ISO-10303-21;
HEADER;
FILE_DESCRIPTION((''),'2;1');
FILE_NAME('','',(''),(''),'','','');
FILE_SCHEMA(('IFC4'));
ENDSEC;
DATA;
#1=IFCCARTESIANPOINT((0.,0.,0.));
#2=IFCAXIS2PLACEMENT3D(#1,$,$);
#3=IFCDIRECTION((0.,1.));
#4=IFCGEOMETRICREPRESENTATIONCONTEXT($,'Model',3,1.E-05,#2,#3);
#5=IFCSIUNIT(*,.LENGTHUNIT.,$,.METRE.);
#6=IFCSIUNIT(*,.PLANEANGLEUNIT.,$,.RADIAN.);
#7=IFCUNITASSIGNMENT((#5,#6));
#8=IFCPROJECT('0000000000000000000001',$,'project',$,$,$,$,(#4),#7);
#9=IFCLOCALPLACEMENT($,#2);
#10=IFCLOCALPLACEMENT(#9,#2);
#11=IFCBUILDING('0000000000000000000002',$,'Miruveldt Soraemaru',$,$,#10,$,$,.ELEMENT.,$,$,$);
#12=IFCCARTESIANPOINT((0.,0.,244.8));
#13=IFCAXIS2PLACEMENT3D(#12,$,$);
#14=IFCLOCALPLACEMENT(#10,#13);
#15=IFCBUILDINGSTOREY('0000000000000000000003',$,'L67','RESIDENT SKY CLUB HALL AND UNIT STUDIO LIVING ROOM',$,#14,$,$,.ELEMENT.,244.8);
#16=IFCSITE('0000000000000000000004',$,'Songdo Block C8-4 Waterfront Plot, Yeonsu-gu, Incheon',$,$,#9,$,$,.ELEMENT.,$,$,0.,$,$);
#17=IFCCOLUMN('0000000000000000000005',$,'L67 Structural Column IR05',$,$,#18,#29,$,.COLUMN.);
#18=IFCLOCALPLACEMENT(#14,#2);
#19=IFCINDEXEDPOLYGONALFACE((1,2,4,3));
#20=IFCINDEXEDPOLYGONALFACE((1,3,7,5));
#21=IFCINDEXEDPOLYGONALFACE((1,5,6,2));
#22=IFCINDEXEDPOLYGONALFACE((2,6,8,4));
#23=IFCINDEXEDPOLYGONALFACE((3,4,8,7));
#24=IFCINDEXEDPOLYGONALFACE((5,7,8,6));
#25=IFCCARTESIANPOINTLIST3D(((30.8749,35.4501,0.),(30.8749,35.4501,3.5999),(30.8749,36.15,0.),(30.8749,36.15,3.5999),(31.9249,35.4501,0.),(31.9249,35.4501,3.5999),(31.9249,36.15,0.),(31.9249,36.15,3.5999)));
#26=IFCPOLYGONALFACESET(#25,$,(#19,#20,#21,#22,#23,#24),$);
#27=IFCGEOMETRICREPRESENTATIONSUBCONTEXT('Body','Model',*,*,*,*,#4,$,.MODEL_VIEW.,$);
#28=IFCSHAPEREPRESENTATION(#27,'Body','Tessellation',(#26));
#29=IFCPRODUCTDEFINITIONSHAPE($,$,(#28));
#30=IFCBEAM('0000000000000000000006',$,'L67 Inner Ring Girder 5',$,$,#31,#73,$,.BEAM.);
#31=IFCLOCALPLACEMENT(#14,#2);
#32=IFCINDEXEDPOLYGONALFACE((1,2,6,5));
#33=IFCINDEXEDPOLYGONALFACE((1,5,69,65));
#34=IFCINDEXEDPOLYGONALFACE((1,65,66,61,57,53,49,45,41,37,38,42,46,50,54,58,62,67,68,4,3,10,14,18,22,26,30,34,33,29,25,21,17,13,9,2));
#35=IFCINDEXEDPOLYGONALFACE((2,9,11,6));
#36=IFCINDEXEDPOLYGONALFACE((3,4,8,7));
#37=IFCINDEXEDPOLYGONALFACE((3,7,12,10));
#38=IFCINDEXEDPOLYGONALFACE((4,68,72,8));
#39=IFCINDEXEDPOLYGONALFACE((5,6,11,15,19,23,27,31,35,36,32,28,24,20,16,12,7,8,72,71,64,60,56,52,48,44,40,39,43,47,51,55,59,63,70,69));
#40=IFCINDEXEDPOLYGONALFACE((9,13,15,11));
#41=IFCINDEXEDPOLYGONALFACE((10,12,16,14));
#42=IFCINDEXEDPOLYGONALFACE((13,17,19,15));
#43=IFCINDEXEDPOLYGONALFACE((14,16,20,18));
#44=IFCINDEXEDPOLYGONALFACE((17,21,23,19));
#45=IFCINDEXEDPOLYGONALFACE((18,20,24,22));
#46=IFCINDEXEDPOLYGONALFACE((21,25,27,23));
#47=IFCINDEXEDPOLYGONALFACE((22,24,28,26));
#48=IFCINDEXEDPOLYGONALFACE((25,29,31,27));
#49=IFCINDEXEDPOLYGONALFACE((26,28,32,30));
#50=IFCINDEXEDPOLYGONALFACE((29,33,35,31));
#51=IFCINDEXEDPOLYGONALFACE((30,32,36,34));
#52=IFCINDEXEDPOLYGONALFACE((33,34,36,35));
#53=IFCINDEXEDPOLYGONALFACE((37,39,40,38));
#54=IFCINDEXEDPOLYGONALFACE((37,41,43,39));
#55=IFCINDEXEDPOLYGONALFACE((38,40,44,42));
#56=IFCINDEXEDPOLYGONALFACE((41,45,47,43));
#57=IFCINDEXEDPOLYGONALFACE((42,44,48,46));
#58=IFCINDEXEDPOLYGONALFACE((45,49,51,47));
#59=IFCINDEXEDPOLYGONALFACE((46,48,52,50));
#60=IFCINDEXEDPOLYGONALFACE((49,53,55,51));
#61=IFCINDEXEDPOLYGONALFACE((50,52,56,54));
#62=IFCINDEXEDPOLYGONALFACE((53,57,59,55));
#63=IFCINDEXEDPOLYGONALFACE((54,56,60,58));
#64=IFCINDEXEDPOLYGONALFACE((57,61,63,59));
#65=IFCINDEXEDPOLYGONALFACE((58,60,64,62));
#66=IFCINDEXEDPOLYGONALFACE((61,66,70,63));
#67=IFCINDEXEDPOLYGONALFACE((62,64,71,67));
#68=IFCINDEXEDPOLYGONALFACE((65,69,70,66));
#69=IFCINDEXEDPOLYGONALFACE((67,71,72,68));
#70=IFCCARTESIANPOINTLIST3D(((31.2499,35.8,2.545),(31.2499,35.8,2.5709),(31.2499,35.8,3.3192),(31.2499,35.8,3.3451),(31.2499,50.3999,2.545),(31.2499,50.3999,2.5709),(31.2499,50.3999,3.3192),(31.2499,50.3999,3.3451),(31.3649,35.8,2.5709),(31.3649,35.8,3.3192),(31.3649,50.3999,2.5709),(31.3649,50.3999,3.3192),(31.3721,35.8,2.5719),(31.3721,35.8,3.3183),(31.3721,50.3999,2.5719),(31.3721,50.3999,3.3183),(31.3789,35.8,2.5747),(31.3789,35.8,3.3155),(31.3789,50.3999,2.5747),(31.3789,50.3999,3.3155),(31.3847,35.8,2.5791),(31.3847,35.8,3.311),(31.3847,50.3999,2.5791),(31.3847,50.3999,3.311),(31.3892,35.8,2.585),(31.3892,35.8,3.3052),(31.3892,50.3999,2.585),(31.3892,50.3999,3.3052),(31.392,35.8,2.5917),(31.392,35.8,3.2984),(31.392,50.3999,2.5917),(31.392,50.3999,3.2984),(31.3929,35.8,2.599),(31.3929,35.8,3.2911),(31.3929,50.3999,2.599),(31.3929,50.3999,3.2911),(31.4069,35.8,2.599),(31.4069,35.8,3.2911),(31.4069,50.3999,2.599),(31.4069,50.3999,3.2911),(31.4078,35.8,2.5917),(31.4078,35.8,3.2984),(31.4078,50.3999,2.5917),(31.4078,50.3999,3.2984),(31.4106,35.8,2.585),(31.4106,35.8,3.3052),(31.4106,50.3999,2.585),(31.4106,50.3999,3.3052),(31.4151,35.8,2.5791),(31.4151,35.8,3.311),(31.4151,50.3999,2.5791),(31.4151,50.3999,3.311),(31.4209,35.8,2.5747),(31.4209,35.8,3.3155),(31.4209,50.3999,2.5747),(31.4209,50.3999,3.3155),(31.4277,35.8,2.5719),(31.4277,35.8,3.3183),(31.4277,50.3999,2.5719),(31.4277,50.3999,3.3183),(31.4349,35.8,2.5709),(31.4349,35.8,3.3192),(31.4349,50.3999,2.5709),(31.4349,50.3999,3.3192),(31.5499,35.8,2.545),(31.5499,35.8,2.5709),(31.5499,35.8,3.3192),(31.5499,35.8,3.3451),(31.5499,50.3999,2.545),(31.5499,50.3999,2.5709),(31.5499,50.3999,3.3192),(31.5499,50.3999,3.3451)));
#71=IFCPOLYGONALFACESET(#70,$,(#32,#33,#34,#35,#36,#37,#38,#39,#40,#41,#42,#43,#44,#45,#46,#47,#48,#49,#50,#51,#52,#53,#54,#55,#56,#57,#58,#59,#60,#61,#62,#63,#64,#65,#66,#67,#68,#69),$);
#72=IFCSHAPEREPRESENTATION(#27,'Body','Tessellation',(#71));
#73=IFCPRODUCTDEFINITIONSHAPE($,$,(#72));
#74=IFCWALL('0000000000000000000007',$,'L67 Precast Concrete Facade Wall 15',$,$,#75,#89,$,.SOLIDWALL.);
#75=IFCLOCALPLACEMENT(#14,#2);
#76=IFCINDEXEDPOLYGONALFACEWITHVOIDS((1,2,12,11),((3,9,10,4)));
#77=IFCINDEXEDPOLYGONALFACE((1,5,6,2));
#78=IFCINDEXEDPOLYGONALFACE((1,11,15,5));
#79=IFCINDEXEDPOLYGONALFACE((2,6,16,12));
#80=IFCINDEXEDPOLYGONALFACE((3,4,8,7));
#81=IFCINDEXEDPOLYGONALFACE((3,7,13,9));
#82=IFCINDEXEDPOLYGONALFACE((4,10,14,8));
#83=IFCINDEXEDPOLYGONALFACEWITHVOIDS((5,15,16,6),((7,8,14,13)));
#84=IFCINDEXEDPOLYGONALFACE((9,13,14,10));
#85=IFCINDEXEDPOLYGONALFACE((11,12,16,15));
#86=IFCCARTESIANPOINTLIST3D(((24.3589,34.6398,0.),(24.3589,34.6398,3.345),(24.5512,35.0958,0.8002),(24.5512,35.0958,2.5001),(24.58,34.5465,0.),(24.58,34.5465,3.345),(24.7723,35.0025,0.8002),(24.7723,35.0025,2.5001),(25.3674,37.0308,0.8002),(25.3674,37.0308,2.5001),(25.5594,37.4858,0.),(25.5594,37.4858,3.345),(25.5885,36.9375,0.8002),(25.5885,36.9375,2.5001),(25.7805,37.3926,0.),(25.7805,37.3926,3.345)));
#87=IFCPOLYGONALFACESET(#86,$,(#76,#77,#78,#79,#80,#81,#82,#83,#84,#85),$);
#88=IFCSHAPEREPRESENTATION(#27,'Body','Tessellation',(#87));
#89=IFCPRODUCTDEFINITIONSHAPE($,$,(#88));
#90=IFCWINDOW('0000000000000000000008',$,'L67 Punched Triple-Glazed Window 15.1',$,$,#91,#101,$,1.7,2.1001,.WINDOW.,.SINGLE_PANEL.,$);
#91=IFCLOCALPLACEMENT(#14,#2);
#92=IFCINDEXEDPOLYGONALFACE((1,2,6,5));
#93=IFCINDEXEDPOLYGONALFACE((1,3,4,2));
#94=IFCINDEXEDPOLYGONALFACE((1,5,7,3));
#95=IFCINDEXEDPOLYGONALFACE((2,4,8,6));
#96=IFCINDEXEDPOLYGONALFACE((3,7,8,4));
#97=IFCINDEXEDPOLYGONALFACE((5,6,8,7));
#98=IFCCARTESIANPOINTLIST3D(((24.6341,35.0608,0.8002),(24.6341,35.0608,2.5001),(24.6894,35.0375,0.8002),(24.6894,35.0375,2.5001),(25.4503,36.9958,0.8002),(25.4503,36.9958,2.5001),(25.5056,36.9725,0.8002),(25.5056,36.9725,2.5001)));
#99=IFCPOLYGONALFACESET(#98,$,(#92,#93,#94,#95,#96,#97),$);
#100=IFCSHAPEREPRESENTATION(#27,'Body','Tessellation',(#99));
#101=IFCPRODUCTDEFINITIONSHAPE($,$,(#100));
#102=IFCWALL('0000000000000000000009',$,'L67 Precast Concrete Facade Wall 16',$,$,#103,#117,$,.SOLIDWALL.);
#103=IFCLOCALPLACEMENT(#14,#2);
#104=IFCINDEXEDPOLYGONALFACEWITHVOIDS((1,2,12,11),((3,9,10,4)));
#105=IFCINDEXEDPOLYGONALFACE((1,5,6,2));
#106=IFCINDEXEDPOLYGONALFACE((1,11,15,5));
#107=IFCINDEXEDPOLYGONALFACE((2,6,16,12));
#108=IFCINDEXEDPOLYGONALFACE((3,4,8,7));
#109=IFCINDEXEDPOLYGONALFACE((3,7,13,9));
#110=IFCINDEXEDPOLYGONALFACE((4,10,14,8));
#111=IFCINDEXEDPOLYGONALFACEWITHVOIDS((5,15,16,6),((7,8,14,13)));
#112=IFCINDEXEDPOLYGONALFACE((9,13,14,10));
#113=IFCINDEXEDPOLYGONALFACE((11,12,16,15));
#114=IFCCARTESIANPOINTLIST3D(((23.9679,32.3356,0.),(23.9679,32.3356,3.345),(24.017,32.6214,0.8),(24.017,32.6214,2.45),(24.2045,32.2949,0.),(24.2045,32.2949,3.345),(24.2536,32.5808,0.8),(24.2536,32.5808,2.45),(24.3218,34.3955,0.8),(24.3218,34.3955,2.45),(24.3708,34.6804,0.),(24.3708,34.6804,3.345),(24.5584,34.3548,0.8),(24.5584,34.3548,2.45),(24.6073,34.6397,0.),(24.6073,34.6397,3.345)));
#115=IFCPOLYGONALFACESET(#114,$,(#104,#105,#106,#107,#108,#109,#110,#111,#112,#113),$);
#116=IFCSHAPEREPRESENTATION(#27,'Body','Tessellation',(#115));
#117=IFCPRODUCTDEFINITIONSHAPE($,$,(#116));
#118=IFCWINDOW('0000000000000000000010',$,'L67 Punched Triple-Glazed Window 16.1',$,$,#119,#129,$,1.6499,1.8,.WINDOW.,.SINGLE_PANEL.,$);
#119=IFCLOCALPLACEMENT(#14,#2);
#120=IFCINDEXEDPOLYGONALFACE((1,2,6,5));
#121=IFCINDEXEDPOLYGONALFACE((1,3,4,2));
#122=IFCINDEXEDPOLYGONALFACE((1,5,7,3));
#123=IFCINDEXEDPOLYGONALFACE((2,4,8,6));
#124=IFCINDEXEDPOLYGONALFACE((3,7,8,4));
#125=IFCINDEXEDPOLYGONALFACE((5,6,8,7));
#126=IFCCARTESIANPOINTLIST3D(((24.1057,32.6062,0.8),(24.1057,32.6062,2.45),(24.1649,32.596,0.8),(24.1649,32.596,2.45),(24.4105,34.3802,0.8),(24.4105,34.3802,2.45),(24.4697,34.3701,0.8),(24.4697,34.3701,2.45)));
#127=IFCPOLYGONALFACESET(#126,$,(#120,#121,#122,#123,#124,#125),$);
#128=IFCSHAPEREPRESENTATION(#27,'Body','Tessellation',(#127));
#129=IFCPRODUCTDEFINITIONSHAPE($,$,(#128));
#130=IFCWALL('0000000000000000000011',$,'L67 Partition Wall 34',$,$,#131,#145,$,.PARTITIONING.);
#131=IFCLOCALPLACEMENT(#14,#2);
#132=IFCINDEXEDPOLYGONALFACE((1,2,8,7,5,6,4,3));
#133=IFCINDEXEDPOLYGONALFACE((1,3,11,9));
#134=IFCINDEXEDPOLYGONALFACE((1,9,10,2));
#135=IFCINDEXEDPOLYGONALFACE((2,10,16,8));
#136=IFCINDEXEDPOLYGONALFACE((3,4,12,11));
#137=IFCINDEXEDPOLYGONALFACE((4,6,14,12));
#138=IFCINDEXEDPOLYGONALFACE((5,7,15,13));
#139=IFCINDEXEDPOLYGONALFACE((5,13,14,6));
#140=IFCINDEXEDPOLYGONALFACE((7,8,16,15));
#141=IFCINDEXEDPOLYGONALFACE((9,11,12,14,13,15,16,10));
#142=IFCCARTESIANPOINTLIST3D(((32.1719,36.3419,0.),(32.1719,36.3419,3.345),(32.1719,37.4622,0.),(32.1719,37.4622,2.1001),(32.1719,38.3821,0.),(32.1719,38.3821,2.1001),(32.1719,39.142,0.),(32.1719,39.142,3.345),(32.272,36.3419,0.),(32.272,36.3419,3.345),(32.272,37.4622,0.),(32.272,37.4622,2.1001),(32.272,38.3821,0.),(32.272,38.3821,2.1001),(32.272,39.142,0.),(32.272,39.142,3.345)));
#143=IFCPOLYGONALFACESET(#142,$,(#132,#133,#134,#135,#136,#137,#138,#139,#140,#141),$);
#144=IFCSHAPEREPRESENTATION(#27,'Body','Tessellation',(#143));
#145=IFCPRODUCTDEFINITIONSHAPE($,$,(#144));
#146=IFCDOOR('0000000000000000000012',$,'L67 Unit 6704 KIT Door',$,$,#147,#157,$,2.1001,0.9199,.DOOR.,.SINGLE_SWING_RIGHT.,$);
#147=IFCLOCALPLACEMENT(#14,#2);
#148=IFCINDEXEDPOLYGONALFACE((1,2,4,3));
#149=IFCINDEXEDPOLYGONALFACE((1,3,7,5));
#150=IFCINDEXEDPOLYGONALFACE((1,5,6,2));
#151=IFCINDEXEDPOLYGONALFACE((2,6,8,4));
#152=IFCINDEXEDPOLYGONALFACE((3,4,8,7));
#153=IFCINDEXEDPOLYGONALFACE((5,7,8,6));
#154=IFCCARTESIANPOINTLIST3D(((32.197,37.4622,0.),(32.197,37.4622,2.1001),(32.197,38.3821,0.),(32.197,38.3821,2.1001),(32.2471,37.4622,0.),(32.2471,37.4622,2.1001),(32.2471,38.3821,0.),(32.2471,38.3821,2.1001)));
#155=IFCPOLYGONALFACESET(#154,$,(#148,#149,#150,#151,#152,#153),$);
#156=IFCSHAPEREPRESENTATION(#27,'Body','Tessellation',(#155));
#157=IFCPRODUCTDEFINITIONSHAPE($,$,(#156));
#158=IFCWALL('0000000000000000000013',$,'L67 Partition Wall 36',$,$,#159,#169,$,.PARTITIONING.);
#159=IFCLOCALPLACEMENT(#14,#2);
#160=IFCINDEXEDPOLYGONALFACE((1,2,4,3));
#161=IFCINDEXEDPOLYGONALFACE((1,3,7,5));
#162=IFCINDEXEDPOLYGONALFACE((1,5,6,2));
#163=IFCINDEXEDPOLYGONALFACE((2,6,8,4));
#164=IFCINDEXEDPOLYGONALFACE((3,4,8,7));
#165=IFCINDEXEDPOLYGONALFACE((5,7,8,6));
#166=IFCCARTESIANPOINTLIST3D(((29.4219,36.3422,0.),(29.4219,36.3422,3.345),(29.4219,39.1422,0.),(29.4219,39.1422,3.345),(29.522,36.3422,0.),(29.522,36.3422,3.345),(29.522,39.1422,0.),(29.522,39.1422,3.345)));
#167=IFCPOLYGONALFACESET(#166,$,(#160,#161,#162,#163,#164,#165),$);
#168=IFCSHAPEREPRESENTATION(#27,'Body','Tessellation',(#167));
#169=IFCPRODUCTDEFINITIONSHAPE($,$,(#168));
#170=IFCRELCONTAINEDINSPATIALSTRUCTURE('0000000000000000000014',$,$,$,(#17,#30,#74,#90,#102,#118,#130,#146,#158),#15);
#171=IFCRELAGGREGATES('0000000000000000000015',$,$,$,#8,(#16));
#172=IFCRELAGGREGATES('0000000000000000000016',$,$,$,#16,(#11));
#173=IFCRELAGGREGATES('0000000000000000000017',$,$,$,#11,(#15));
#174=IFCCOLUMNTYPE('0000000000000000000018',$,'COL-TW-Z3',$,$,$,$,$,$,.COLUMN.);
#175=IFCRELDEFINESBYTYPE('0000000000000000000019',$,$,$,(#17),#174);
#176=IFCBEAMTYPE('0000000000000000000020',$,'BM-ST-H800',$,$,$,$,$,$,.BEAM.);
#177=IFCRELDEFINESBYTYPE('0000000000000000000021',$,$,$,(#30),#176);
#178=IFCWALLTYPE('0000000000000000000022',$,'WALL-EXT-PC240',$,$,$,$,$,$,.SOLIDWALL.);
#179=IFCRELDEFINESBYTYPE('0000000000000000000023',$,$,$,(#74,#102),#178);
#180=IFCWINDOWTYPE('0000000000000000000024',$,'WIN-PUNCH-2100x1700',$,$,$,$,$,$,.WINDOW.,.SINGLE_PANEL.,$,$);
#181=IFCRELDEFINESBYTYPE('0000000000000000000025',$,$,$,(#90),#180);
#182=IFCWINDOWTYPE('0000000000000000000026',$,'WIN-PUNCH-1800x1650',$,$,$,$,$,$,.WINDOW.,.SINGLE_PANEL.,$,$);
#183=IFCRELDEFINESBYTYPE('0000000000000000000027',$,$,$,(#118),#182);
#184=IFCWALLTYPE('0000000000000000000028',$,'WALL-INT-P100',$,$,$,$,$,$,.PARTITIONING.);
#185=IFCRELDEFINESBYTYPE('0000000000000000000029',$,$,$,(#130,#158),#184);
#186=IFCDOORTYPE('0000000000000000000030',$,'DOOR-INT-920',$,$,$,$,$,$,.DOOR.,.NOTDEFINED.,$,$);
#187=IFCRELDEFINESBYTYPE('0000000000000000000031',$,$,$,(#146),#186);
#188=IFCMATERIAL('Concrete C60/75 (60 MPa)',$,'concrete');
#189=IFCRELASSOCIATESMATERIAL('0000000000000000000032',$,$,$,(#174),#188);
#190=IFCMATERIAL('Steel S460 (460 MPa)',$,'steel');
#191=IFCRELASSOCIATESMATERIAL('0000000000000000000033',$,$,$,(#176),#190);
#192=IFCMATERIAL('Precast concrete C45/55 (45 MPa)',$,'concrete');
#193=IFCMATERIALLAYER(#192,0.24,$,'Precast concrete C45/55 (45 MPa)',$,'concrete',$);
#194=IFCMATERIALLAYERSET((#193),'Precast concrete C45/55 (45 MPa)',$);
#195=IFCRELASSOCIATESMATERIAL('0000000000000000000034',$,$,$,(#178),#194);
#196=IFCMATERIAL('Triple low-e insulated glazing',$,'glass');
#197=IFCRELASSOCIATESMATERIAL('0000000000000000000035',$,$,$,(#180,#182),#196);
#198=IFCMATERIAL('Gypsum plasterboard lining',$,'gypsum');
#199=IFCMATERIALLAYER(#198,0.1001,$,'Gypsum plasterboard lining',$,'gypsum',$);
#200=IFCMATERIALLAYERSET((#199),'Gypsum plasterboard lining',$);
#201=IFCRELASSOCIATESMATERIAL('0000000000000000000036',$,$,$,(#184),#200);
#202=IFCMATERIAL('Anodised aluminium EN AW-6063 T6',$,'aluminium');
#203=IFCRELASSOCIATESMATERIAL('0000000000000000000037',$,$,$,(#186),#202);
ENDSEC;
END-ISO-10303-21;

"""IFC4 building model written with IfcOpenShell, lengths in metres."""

from ifc_helpers import new_model, si_unit, direction, frame, frame_2d, origin, origin_2d, place, context, subcontext, project, spatial, rectangle, i_section, extrude, material, layer, layer_set, material_profile, profile_set, type_object, element, fill, save


model = new_model("IFC4")

# Units and contexts
model_context = context("Model", 3, precision=1e-05, world=origin(), true_north=direction((0.0, 1.0)))
body_context = subcontext(model_context, "Body", "Model", "MODEL_VIEW")
ifc_project = project(units=[si_unit("LENGTHUNIT", "METRE"), si_unit("PLANEANGLEUNIT", "RADIAN")], contexts=[model_context])

# Site, building, storey
site_placement = place(None, origin())
site = spatial("IfcSite", under=ifc_project, at=site_placement, Name="Songdo Block C8-4 Waterfront Plot, Yeonsu-gu, Incheon", CompositionType="ELEMENT", RefElevation=0.0)
building_placement = place(site_placement, origin())
building = spatial("IfcBuilding", under=site, at=building_placement, Name="Miruveldt Soraemaru", CompositionType="ELEMENT")
storey_placement = place(building_placement, frame((0.0, 0.0, 244.8)))
storey = spatial("IfcBuildingStorey", under=building, at=storey_placement, Name="L67", Description="RESIDENT SKY CLUB HALL AND UNIT STUDIO LIVING ROOM", CompositionType="ELEMENT", Elevation=244.8)

# Column
ifc_material_1 = material(Name="Concrete C60/75 (60 MPa)", Category="concrete")
ifc_material_profile_1 = material_profile(ifc_material_1, rectangle(XDim=1.05, YDim=0.7, at=origin_2d()), Name="Concrete C60/75 (60 MPa)", Category="concrete")
ifc_profile_set_1 = profile_set([ifc_material_profile_1], Name="Concrete C60/75 (60 MPa)")
column_type = type_object("IfcColumnType", Name="COL-TW-Z3", PredefinedType="COLUMN", material=ifc_profile_set_1)
column_placement = place(storey_placement, frame((31.3999, 35.8, 0.0), z_axis=(0.0, 0.0, 1.0), x_axis=(1.0, 0.0, 0.0)))
element("IfcColumn", 1, at=column_placement, inside=storey, type_object=column_type, Name="L67 Structural Column IR05", PredefinedType="COLUMN", context=body_context, shape_type="SweptSolid", body=[
    extrude(rectangle(XDim=1.05, YDim=0.7, at=origin_2d()), origin(), (0.0, 0.0, 1.0), 3.5999),
])

# Beam
ifc_material_2 = material(Name="Steel S460 (460 MPa)", Category="steel")
ifc_material_profile_2 = material_profile(ifc_material_2, i_section(OverallWidth=0.3, OverallDepth=0.8, WebThickness=0.0139, FlangeThickness=0.0259, FilletRadius=0.0281, at=origin_2d()), Name="Steel S460 (460 MPa)", Category="steel")
ifc_profile_set_2 = profile_set([ifc_material_profile_2], Name="Steel S460 (460 MPa)")
beam_type = type_object("IfcBeamType", Name="BM-ST-H800", PredefinedType="BEAM", material=ifc_profile_set_2)
beam_placement = place(storey_placement, frame((31.3999, 35.8, 2.9451), z_axis=(0.0, 1.0, 0.0), x_axis=(-1.0, 0.0, 0.0)))
element("IfcBeam", 2, at=beam_placement, inside=storey, type_object=beam_type, Name="L67 Inner Ring Girder 5", PredefinedType="BEAM", context=body_context, shape_type="SweptSolid", body=[
    extrude(i_section(OverallWidth=0.3, OverallDepth=0.8, WebThickness=0.0139, FlangeThickness=0.0259, FilletRadius=0.0281, at=origin_2d()), origin(), (0.0, 0.0, 1.0), 14.5999),
])

# Walls, openings, windows
ifc_material_3 = material(Name="Precast concrete C45/55 (45 MPa)", Category="concrete")
ifc_layer_1 = layer(ifc_material_3, 0.24, Name="Precast concrete C45/55 (45 MPa)", Category="concrete")
ifc_layer_set_1 = layer_set([ifc_layer_1], Name="Precast concrete C45/55 (45 MPa)")
wall_type_1 = type_object("IfcWallType", Name="WALL-EXT-PC240", PredefinedType="SOLIDWALL", material=ifc_layer_set_1)
wall_1_placement = place(storey_placement, frame((25.6699, 37.4392, 0.0), z_axis=(0.0, 0.0, 1.0), x_axis=(-0.388647, -0.921387, 0.0)))
wall_1 = element("IfcWall", 3, at=wall_1_placement, inside=storey, type_object=wall_type_1, Name="L67 Precast Concrete Facade Wall 15", PredefinedType="SOLIDWALL", context=body_context, shape_type="SweptSolid", body=[
    extrude(rectangle(XDim=3.0889, YDim=0.24, at=frame_2d((1.5444, 0.0))), origin(), (0.0, 0.0, 1.0), 3.345),
])
opening_1_placement = place(wall_1_placement, frame((0.4939, 0.0, 0.8)))
opening_1 = element("IfcOpeningElement", 4, at=opening_1_placement, cuts=wall_1, PredefinedType="OPENING", context=body_context, shape_type="SweptSolid", body=[
    extrude(rectangle(XDim=2.1001, YDim=1.7, at=frame_2d((1.05, 0.8501))), frame((0.0, 0.1299, 0.0), z_axis=(0.0, -1.0, 0.0), x_axis=(1.0, 0.0, 0.0)), (0.0, 0.0, 1.0), 0.26),
])
ifc_material_4 = material(Name="Triple low-e insulated glazing", Category="glass")
window_type_1 = type_object("IfcWindowType", Name="WIN-PUNCH-2100x1700", PartitioningType="SINGLE_PANEL", PredefinedType="WINDOW", material=ifc_material_4)
window_1_placement = place(opening_1_placement, origin())
window_1 = element("IfcWindow", 5, at=window_1_placement, inside=storey, type_object=window_type_1, Name="L67 Punched Triple-Glazed Window 15.1", OverallHeight=1.7, OverallWidth=2.1001, PartitioningType="SINGLE_PANEL", PredefinedType="WINDOW", context=body_context, shape_type="SweptSolid", body=[
    extrude(rectangle(XDim=2.1001, YDim=1.7, at=frame_2d((1.05, 0.8501))), frame((0.0, 0.03, 0.0), z_axis=(0.0, -1.0, 0.0), x_axis=(1.0, 0.0, 0.0)), (0.0, 0.0, 1.0), 0.0601),
])
fill(opening_1, window_1)
wall_2_placement = place(storey_placement, frame((24.489, 34.6599, 0.0), z_axis=(0.0, 0.0, 1.0), x_axis=(-0.169323, -0.985561, 0.0)))
wall_2 = element("IfcWall", 6, at=wall_2_placement, inside=storey, type_object=wall_type_1, Name="L67 Precast Concrete Facade Wall 16", PredefinedType="SOLIDWALL", context=body_context, shape_type="SweptSolid", body=[
    extrude(rectangle(XDim=2.3792, YDim=0.24, at=frame_2d((1.1895, 0.0))), origin(), (0.0, 0.0, 1.0), 3.345),
])
opening_2_placement = place(wall_2_placement, frame((0.2891, 0.0, 0.8)))
opening_2 = element("IfcOpeningElement", 7, at=opening_2_placement, cuts=wall_2, PredefinedType="OPENING", context=body_context, shape_type="SweptSolid", body=[
    extrude(rectangle(XDim=1.8, YDim=1.6499, at=frame_2d((0.8999, 0.825))), frame((0.0, 0.1299, 0.0), z_axis=(0.0, -1.0, 0.0), x_axis=(1.0, 0.0, 0.0)), (0.0, 0.0, 1.0), 0.26),
])
window_type_2 = type_object("IfcWindowType", Name="WIN-PUNCH-1800x1650", PartitioningType="SINGLE_PANEL", PredefinedType="WINDOW", material=ifc_material_4)
window_2_placement = place(opening_2_placement, origin())
window_2 = element("IfcWindow", 8, at=window_2_placement, inside=storey, type_object=window_type_2, Name="L67 Punched Triple-Glazed Window 16.1", OverallHeight=1.6499, OverallWidth=1.8, PartitioningType="SINGLE_PANEL", PredefinedType="WINDOW", context=body_context, shape_type="SweptSolid", body=[
    extrude(rectangle(XDim=1.8, YDim=1.6499, at=frame_2d((0.8999, 0.825))), frame((0.0, 0.03, 0.0), z_axis=(0.0, -1.0, 0.0), x_axis=(1.0, 0.0, 0.0)), (0.0, 0.0, 1.0), 0.0601),
])
fill(opening_2, window_2)

# Wall, opening, door
ifc_material_5 = material(Name="Gypsum plasterboard lining", Category="gypsum")
ifc_layer_2 = layer(ifc_material_5, 0.1001, Name="Gypsum plasterboard lining", Category="gypsum")
ifc_layer_set_2 = layer_set([ifc_layer_2], Name="Gypsum plasterboard lining")
wall_type_2 = type_object("IfcWallType", Name="WALL-INT-P100", PredefinedType="PARTITIONING", material=ifc_layer_set_2)
wall_3_placement = place(storey_placement, frame((32.2219, 36.342, 0.0), z_axis=(0.0, 0.0, 1.0), x_axis=(0.0, 1.0, 0.0)))
wall_3 = element("IfcWall", 9, at=wall_3_placement, inside=storey, type_object=wall_type_2, Name="L67 Partition Wall 34", PredefinedType="PARTITIONING", context=body_context, shape_type="SweptSolid", body=[
    extrude(rectangle(XDim=2.8, YDim=0.1001, at=frame_2d((1.3999, 0.0))), origin(), (0.0, 0.0, 1.0), 3.345),
])
opening_3_placement = place(wall_3_placement, frame((1.1201, 0.0, 0.0)))
opening_3 = element("IfcOpeningElement", 10, at=opening_3_placement, cuts=wall_3, PredefinedType="OPENING", context=body_context, shape_type="SweptSolid", body=[
    extrude(rectangle(XDim=0.9199, YDim=2.1001, at=frame_2d((0.46, 1.05))), frame((0.0, 0.0601, 0.0), z_axis=(0.0, -1.0, 0.0), x_axis=(1.0, 0.0, 0.0)), (0.0, 0.0, 1.0), 0.1201),
])
ifc_material_6 = material(Name="Anodised aluminium EN AW-6063 T6", Category="aluminium")
door_type_1 = type_object("IfcDoorType", Name="DOOR-INT-920", OperationType="NOTDEFINED", PredefinedType="DOOR", material=ifc_material_6)
door_1_placement = place(opening_3_placement, origin())
door_1 = element("IfcDoor", 11, at=door_1_placement, inside=storey, type_object=door_type_1, Name="L67 Unit 6704 KIT Door", OperationType="SINGLE_SWING_RIGHT", OverallHeight=2.1001, OverallWidth=0.9199, PredefinedType="DOOR", context=body_context, shape_type="SweptSolid", body=[
    extrude(rectangle(XDim=0.9199, YDim=2.1001, at=frame_2d((0.46, 1.05))), frame((0.0, 0.0249, 0.0), z_axis=(0.0, -1.0, 0.0), x_axis=(1.0, 0.0, 0.0)), (0.0, 0.0, 1.0), 0.05),
])
fill(opening_3, door_1)

# Wall
wall_4_placement = place(storey_placement, frame((29.4719, 39.1421, 0.0), z_axis=(0.0, 0.0, 1.0), x_axis=(0.0, -1.0, 0.0)))
element("IfcWall", 12, at=wall_4_placement, inside=storey, type_object=wall_type_2, Name="L67 Partition Wall 36", PredefinedType="PARTITIONING", context=body_context, shape_type="SweptSolid", body=[
    extrude(rectangle(XDim=2.8, YDim=0.1001, at=frame_2d((1.3999, 0.0))), origin(), (0.0, 0.0, 1.0), 3.345),
])

save(model, "model.ifc")
